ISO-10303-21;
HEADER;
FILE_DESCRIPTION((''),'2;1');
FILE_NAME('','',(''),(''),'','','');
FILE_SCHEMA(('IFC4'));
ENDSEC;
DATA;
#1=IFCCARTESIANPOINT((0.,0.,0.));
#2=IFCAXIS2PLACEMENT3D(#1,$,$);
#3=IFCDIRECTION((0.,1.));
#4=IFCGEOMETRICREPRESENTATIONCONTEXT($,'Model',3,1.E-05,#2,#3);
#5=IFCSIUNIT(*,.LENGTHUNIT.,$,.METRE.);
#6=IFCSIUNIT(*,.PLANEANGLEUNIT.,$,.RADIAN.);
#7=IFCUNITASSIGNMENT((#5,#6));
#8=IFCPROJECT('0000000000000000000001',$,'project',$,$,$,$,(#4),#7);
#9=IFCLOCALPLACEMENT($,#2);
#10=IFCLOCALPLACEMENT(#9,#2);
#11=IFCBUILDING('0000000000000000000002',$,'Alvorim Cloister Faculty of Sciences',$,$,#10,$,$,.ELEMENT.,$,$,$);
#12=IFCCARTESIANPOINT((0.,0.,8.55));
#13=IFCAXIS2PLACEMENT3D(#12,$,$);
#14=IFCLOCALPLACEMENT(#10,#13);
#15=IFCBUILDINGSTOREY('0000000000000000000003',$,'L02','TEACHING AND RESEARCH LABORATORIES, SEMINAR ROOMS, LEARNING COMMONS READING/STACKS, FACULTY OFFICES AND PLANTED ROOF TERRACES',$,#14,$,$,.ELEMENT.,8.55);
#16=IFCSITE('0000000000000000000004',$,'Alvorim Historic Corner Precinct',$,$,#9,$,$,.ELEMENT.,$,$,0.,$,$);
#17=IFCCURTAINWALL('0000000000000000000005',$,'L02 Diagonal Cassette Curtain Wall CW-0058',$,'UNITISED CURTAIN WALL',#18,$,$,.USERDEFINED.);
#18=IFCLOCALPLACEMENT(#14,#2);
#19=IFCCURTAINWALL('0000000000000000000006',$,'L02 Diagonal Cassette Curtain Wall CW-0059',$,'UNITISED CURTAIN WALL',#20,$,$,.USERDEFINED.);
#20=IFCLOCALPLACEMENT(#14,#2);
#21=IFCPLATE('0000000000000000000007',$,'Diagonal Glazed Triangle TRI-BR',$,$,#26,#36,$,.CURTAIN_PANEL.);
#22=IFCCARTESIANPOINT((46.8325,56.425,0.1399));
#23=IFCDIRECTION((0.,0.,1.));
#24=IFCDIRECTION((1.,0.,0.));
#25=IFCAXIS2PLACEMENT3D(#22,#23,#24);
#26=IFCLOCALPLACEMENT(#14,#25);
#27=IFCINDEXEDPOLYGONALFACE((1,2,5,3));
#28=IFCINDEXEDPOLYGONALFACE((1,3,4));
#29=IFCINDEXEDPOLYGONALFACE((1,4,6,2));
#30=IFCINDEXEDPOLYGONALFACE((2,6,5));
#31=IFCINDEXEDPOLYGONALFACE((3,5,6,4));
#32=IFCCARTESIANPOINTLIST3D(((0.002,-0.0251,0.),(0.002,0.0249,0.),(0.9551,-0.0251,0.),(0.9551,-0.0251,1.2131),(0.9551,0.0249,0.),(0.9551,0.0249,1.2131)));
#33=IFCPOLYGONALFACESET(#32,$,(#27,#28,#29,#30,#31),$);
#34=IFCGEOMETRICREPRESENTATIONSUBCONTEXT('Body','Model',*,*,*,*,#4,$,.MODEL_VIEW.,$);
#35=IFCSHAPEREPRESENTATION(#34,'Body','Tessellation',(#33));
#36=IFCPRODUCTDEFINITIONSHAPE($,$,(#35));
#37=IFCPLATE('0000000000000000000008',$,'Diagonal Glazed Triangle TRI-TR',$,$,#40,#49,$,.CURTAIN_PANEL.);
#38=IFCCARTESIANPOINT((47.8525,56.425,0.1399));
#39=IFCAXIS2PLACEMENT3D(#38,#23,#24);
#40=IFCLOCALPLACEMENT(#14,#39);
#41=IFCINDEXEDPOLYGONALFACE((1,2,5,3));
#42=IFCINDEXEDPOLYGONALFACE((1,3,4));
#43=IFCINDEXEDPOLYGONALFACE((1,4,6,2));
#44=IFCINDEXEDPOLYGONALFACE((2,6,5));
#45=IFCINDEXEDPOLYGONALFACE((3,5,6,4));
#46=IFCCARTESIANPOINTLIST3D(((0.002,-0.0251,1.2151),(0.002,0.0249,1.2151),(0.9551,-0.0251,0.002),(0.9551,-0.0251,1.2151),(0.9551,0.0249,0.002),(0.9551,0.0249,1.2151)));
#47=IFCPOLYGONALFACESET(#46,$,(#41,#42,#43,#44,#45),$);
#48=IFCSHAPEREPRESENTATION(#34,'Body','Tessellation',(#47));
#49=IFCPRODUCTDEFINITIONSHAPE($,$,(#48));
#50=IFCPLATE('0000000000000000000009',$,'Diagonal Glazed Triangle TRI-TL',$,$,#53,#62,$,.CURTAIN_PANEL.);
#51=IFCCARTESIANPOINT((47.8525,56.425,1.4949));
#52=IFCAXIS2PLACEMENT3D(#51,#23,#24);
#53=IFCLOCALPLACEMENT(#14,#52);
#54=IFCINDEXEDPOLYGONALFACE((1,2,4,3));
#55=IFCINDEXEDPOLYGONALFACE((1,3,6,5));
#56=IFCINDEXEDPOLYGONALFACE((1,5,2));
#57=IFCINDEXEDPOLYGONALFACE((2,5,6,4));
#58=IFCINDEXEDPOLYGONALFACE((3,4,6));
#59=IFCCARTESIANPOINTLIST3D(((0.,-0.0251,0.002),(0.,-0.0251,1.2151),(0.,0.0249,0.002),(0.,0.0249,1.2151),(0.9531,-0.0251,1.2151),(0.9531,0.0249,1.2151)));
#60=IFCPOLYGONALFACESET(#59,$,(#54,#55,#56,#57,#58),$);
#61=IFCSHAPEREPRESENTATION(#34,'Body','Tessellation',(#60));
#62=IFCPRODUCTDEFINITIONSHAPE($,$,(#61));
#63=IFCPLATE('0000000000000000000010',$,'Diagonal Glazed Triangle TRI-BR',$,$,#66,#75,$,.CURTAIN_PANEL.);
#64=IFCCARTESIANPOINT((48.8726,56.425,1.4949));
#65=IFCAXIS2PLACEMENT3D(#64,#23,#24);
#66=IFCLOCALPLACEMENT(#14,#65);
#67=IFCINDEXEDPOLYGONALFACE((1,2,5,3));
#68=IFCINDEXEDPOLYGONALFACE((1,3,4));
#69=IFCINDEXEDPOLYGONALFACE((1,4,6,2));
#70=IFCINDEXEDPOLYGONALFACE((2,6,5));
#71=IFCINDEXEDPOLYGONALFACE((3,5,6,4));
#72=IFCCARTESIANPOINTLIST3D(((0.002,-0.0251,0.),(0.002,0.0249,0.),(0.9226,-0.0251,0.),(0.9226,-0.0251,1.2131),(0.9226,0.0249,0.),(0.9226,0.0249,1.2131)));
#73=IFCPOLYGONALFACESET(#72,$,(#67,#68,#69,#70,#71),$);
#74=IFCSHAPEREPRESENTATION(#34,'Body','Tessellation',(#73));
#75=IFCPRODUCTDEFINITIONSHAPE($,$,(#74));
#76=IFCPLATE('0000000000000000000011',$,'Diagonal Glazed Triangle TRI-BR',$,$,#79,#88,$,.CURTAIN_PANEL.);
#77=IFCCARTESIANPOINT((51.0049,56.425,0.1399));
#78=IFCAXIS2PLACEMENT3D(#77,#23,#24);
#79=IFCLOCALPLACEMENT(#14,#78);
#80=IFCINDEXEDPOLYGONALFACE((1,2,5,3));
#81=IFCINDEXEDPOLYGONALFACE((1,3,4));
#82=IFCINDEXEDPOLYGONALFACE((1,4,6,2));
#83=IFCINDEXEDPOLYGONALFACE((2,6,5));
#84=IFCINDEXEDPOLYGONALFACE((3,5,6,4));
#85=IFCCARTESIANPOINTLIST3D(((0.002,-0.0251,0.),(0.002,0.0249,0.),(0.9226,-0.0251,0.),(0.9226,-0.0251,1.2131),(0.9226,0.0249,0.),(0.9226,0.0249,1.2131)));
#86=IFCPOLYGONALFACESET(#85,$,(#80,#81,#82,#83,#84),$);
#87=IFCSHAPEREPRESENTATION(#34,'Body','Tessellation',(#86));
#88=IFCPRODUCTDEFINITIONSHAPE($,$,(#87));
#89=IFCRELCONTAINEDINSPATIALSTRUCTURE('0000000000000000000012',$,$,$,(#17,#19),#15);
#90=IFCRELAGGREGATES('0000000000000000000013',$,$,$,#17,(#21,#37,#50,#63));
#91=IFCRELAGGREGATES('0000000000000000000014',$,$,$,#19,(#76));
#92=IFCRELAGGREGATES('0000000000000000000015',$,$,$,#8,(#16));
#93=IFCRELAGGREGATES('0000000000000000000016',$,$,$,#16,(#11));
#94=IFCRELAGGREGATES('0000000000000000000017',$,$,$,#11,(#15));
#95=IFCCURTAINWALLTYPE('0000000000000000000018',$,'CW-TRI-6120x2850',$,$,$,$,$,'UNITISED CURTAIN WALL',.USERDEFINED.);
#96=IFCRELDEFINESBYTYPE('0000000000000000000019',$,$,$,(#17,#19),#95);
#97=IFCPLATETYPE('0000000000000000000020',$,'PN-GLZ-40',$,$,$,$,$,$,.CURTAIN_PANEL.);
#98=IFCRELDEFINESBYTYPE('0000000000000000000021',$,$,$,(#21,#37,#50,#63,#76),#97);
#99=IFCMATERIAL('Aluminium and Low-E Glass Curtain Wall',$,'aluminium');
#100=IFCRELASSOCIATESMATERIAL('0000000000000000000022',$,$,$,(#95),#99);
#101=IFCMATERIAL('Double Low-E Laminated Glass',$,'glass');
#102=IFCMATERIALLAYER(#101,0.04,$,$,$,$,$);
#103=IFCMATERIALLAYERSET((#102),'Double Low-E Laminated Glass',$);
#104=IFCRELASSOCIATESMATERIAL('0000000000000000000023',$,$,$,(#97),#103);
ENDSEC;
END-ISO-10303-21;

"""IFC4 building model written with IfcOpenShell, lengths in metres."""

from ifc_helpers import new_model, si_unit, direction, frame, origin, place, context, subcontext, project, spatial, polyline, outline, extrude, material, layer, layer_set, type_object, element, aggregate, save


model = new_model("IFC4")

# Units and contexts
model_context = context("Model", 3, precision=1e-05, world=origin(), true_north=direction((0.0, 1.0)))
body_context = subcontext(model_context, "Body", "Model", "MODEL_VIEW")
ifc_project = project(units=[si_unit("LENGTHUNIT", "METRE"), si_unit("PLANEANGLEUNIT", "RADIAN")], contexts=[model_context])

# Site, building, storey
site_placement = place(None, origin())
site = spatial("IfcSite", under=ifc_project, at=site_placement, Name="Alvorim Historic Corner Precinct", CompositionType="ELEMENT", RefElevation=0.0)
building_placement = place(site_placement, origin())
building = spatial("IfcBuilding", under=site, at=building_placement, Name="Alvorim Cloister Faculty of Sciences", CompositionType="ELEMENT")
storey_placement = place(building_placement, frame((0.0, 0.0, 8.55)))
storey = spatial("IfcBuildingStorey", under=building, at=storey_placement, Name="L02", Description="TEACHING AND RESEARCH LABORATORIES, SEMINAR ROOMS, LEARNING COMMONS READING/STACKS, FACULTY OFFICES AND PLANTED ROOF TERRACES", CompositionType="ELEMENT", Elevation=8.55)

# Curtain walls
ifc_material_1 = material(Name="Aluminium and Low-E Glass Curtain Wall", Category="aluminium")
curtain_wall_type = type_object("IfcCurtainWallType", Name="CW-TRI-6120x2850", ElementType="UNITISED CURTAIN WALL", PredefinedType="USERDEFINED", material=ifc_material_1)
curtain_wall_1_placement = place(storey_placement, origin())
curtain_wall_1 = element("IfcCurtainWall", 1, at=curtain_wall_1_placement, inside=storey, type_object=curtain_wall_type, Name="L02 Diagonal Cassette Curtain Wall CW-0058", ObjectType="UNITISED CURTAIN WALL", PredefinedType="USERDEFINED")
curtain_wall_2_placement = place(storey_placement, origin())
curtain_wall_2 = element("IfcCurtainWall", 2, at=curtain_wall_2_placement, inside=storey, type_object=curtain_wall_type, Name="L02 Diagonal Cassette Curtain Wall CW-0059", ObjectType="UNITISED CURTAIN WALL", PredefinedType="USERDEFINED")

# Plates
ifc_material_2 = material(Name="Double Low-E Laminated Glass", Category="glass")
ifc_layer_1 = layer(ifc_material_2, 0.04)
ifc_layer_set_1 = layer_set([ifc_layer_1], Name="Double Low-E Laminated Glass")
plate_type = type_object("IfcPlateType", Name="PN-GLZ-40", PredefinedType="CURTAIN_PANEL", material=ifc_layer_set_1)
plate_1_placement = place(storey_placement, frame((46.8325, 56.425, 0.1399), z_axis=(0.0, 0.0, 1.0), x_axis=(1.0, 0.0, 0.0)))
plate_1 = element("IfcPlate", 3, at=plate_1_placement, type_object=plate_type, Name="Diagonal Glazed Triangle TRI-BR", PredefinedType="CURTAIN_PANEL", context=body_context, shape_type="SweptSolid", body=[
    extrude(outline(polyline([(0.002, 0.0), (0.9551, 0.0), (0.9551, 1.2131), (0.002, 0.0)])), frame((0.0, 0.0249, 0.0), z_axis=(0.0, -1.0, 0.0), x_axis=(1.0, 0.0, 0.0)), (0.0, 0.0, 1.0), 0.05),
])
plate_2_placement = place(storey_placement, frame((47.8525, 56.425, 0.1399), z_axis=(0.0, 0.0, 1.0), x_axis=(1.0, 0.0, 0.0)))
plate_2 = element("IfcPlate", 4, at=plate_2_placement, type_object=plate_type, Name="Diagonal Glazed Triangle TRI-TR", PredefinedType="CURTAIN_PANEL", context=body_context, shape_type="SweptSolid", body=[
    extrude(outline(polyline([(0.9551, 0.002), (0.9551, 1.2151), (0.002, 1.2151), (0.9551, 0.002)])), frame((0.0, 0.0249, 0.0), z_axis=(0.0, -1.0, 0.0), x_axis=(1.0, 0.0, 0.0)), (0.0, 0.0, 1.0), 0.05),
])
plate_3_placement = place(storey_placement, frame((47.8525, 56.425, 1.4949), z_axis=(0.0, 0.0, 1.0), x_axis=(1.0, 0.0, 0.0)))
plate_3 = element("IfcPlate", 5, at=plate_3_placement, type_object=plate_type, Name="Diagonal Glazed Triangle TRI-TL", PredefinedType="CURTAIN_PANEL", context=body_context, shape_type="SweptSolid", body=[
    extrude(outline(polyline([(0.9531, 1.2151), (0.0, 1.2151), (0.0, 0.002), (0.9531, 1.2151)])), frame((0.0, 0.0249, 0.0), z_axis=(0.0, -1.0, 0.0), x_axis=(1.0, 0.0, 0.0)), (0.0, 0.0, 1.0), 0.05),
])
plate_4_placement = place(storey_placement, frame((48.8726, 56.425, 1.4949), z_axis=(0.0, 0.0, 1.0), x_axis=(1.0, 0.0, 0.0)))
plate_4 = element("IfcPlate", 6, at=plate_4_placement, type_object=plate_type, Name="Diagonal Glazed Triangle TRI-BR", PredefinedType="CURTAIN_PANEL", context=body_context, shape_type="SweptSolid", body=[
    extrude(outline(polyline([(0.002, 0.0), (0.9226, 0.0), (0.9226, 1.2131), (0.002, 0.0)])), frame((0.0, 0.0249, 0.0), z_axis=(0.0, -1.0, 0.0), x_axis=(1.0, 0.0, 0.0)), (0.0, 0.0, 1.0), 0.05),
])
aggregate(curtain_wall_1, [plate_1, plate_2, plate_3, plate_4])
plate_5_placement = place(storey_placement, frame((51.0049, 56.425, 0.1399), z_axis=(0.0, 0.0, 1.0), x_axis=(1.0, 0.0, 0.0)))
plate_5 = element("IfcPlate", 7, at=plate_5_placement, type_object=plate_type, Name="Diagonal Glazed Triangle TRI-BR", PredefinedType="CURTAIN_PANEL", context=body_context, shape_type="SweptSolid", body=[
    extrude(outline(polyline([(0.002, 0.0), (0.9226, 0.0), (0.9226, 1.2131), (0.002, 0.0)])), frame((0.0, 0.0249, 0.0), z_axis=(0.0, -1.0, 0.0), x_axis=(1.0, 0.0, 0.0)), (0.0, 0.0, 1.0), 0.05),
])
aggregate(curtain_wall_2, [plate_5])

save(model, "model.ifc")
